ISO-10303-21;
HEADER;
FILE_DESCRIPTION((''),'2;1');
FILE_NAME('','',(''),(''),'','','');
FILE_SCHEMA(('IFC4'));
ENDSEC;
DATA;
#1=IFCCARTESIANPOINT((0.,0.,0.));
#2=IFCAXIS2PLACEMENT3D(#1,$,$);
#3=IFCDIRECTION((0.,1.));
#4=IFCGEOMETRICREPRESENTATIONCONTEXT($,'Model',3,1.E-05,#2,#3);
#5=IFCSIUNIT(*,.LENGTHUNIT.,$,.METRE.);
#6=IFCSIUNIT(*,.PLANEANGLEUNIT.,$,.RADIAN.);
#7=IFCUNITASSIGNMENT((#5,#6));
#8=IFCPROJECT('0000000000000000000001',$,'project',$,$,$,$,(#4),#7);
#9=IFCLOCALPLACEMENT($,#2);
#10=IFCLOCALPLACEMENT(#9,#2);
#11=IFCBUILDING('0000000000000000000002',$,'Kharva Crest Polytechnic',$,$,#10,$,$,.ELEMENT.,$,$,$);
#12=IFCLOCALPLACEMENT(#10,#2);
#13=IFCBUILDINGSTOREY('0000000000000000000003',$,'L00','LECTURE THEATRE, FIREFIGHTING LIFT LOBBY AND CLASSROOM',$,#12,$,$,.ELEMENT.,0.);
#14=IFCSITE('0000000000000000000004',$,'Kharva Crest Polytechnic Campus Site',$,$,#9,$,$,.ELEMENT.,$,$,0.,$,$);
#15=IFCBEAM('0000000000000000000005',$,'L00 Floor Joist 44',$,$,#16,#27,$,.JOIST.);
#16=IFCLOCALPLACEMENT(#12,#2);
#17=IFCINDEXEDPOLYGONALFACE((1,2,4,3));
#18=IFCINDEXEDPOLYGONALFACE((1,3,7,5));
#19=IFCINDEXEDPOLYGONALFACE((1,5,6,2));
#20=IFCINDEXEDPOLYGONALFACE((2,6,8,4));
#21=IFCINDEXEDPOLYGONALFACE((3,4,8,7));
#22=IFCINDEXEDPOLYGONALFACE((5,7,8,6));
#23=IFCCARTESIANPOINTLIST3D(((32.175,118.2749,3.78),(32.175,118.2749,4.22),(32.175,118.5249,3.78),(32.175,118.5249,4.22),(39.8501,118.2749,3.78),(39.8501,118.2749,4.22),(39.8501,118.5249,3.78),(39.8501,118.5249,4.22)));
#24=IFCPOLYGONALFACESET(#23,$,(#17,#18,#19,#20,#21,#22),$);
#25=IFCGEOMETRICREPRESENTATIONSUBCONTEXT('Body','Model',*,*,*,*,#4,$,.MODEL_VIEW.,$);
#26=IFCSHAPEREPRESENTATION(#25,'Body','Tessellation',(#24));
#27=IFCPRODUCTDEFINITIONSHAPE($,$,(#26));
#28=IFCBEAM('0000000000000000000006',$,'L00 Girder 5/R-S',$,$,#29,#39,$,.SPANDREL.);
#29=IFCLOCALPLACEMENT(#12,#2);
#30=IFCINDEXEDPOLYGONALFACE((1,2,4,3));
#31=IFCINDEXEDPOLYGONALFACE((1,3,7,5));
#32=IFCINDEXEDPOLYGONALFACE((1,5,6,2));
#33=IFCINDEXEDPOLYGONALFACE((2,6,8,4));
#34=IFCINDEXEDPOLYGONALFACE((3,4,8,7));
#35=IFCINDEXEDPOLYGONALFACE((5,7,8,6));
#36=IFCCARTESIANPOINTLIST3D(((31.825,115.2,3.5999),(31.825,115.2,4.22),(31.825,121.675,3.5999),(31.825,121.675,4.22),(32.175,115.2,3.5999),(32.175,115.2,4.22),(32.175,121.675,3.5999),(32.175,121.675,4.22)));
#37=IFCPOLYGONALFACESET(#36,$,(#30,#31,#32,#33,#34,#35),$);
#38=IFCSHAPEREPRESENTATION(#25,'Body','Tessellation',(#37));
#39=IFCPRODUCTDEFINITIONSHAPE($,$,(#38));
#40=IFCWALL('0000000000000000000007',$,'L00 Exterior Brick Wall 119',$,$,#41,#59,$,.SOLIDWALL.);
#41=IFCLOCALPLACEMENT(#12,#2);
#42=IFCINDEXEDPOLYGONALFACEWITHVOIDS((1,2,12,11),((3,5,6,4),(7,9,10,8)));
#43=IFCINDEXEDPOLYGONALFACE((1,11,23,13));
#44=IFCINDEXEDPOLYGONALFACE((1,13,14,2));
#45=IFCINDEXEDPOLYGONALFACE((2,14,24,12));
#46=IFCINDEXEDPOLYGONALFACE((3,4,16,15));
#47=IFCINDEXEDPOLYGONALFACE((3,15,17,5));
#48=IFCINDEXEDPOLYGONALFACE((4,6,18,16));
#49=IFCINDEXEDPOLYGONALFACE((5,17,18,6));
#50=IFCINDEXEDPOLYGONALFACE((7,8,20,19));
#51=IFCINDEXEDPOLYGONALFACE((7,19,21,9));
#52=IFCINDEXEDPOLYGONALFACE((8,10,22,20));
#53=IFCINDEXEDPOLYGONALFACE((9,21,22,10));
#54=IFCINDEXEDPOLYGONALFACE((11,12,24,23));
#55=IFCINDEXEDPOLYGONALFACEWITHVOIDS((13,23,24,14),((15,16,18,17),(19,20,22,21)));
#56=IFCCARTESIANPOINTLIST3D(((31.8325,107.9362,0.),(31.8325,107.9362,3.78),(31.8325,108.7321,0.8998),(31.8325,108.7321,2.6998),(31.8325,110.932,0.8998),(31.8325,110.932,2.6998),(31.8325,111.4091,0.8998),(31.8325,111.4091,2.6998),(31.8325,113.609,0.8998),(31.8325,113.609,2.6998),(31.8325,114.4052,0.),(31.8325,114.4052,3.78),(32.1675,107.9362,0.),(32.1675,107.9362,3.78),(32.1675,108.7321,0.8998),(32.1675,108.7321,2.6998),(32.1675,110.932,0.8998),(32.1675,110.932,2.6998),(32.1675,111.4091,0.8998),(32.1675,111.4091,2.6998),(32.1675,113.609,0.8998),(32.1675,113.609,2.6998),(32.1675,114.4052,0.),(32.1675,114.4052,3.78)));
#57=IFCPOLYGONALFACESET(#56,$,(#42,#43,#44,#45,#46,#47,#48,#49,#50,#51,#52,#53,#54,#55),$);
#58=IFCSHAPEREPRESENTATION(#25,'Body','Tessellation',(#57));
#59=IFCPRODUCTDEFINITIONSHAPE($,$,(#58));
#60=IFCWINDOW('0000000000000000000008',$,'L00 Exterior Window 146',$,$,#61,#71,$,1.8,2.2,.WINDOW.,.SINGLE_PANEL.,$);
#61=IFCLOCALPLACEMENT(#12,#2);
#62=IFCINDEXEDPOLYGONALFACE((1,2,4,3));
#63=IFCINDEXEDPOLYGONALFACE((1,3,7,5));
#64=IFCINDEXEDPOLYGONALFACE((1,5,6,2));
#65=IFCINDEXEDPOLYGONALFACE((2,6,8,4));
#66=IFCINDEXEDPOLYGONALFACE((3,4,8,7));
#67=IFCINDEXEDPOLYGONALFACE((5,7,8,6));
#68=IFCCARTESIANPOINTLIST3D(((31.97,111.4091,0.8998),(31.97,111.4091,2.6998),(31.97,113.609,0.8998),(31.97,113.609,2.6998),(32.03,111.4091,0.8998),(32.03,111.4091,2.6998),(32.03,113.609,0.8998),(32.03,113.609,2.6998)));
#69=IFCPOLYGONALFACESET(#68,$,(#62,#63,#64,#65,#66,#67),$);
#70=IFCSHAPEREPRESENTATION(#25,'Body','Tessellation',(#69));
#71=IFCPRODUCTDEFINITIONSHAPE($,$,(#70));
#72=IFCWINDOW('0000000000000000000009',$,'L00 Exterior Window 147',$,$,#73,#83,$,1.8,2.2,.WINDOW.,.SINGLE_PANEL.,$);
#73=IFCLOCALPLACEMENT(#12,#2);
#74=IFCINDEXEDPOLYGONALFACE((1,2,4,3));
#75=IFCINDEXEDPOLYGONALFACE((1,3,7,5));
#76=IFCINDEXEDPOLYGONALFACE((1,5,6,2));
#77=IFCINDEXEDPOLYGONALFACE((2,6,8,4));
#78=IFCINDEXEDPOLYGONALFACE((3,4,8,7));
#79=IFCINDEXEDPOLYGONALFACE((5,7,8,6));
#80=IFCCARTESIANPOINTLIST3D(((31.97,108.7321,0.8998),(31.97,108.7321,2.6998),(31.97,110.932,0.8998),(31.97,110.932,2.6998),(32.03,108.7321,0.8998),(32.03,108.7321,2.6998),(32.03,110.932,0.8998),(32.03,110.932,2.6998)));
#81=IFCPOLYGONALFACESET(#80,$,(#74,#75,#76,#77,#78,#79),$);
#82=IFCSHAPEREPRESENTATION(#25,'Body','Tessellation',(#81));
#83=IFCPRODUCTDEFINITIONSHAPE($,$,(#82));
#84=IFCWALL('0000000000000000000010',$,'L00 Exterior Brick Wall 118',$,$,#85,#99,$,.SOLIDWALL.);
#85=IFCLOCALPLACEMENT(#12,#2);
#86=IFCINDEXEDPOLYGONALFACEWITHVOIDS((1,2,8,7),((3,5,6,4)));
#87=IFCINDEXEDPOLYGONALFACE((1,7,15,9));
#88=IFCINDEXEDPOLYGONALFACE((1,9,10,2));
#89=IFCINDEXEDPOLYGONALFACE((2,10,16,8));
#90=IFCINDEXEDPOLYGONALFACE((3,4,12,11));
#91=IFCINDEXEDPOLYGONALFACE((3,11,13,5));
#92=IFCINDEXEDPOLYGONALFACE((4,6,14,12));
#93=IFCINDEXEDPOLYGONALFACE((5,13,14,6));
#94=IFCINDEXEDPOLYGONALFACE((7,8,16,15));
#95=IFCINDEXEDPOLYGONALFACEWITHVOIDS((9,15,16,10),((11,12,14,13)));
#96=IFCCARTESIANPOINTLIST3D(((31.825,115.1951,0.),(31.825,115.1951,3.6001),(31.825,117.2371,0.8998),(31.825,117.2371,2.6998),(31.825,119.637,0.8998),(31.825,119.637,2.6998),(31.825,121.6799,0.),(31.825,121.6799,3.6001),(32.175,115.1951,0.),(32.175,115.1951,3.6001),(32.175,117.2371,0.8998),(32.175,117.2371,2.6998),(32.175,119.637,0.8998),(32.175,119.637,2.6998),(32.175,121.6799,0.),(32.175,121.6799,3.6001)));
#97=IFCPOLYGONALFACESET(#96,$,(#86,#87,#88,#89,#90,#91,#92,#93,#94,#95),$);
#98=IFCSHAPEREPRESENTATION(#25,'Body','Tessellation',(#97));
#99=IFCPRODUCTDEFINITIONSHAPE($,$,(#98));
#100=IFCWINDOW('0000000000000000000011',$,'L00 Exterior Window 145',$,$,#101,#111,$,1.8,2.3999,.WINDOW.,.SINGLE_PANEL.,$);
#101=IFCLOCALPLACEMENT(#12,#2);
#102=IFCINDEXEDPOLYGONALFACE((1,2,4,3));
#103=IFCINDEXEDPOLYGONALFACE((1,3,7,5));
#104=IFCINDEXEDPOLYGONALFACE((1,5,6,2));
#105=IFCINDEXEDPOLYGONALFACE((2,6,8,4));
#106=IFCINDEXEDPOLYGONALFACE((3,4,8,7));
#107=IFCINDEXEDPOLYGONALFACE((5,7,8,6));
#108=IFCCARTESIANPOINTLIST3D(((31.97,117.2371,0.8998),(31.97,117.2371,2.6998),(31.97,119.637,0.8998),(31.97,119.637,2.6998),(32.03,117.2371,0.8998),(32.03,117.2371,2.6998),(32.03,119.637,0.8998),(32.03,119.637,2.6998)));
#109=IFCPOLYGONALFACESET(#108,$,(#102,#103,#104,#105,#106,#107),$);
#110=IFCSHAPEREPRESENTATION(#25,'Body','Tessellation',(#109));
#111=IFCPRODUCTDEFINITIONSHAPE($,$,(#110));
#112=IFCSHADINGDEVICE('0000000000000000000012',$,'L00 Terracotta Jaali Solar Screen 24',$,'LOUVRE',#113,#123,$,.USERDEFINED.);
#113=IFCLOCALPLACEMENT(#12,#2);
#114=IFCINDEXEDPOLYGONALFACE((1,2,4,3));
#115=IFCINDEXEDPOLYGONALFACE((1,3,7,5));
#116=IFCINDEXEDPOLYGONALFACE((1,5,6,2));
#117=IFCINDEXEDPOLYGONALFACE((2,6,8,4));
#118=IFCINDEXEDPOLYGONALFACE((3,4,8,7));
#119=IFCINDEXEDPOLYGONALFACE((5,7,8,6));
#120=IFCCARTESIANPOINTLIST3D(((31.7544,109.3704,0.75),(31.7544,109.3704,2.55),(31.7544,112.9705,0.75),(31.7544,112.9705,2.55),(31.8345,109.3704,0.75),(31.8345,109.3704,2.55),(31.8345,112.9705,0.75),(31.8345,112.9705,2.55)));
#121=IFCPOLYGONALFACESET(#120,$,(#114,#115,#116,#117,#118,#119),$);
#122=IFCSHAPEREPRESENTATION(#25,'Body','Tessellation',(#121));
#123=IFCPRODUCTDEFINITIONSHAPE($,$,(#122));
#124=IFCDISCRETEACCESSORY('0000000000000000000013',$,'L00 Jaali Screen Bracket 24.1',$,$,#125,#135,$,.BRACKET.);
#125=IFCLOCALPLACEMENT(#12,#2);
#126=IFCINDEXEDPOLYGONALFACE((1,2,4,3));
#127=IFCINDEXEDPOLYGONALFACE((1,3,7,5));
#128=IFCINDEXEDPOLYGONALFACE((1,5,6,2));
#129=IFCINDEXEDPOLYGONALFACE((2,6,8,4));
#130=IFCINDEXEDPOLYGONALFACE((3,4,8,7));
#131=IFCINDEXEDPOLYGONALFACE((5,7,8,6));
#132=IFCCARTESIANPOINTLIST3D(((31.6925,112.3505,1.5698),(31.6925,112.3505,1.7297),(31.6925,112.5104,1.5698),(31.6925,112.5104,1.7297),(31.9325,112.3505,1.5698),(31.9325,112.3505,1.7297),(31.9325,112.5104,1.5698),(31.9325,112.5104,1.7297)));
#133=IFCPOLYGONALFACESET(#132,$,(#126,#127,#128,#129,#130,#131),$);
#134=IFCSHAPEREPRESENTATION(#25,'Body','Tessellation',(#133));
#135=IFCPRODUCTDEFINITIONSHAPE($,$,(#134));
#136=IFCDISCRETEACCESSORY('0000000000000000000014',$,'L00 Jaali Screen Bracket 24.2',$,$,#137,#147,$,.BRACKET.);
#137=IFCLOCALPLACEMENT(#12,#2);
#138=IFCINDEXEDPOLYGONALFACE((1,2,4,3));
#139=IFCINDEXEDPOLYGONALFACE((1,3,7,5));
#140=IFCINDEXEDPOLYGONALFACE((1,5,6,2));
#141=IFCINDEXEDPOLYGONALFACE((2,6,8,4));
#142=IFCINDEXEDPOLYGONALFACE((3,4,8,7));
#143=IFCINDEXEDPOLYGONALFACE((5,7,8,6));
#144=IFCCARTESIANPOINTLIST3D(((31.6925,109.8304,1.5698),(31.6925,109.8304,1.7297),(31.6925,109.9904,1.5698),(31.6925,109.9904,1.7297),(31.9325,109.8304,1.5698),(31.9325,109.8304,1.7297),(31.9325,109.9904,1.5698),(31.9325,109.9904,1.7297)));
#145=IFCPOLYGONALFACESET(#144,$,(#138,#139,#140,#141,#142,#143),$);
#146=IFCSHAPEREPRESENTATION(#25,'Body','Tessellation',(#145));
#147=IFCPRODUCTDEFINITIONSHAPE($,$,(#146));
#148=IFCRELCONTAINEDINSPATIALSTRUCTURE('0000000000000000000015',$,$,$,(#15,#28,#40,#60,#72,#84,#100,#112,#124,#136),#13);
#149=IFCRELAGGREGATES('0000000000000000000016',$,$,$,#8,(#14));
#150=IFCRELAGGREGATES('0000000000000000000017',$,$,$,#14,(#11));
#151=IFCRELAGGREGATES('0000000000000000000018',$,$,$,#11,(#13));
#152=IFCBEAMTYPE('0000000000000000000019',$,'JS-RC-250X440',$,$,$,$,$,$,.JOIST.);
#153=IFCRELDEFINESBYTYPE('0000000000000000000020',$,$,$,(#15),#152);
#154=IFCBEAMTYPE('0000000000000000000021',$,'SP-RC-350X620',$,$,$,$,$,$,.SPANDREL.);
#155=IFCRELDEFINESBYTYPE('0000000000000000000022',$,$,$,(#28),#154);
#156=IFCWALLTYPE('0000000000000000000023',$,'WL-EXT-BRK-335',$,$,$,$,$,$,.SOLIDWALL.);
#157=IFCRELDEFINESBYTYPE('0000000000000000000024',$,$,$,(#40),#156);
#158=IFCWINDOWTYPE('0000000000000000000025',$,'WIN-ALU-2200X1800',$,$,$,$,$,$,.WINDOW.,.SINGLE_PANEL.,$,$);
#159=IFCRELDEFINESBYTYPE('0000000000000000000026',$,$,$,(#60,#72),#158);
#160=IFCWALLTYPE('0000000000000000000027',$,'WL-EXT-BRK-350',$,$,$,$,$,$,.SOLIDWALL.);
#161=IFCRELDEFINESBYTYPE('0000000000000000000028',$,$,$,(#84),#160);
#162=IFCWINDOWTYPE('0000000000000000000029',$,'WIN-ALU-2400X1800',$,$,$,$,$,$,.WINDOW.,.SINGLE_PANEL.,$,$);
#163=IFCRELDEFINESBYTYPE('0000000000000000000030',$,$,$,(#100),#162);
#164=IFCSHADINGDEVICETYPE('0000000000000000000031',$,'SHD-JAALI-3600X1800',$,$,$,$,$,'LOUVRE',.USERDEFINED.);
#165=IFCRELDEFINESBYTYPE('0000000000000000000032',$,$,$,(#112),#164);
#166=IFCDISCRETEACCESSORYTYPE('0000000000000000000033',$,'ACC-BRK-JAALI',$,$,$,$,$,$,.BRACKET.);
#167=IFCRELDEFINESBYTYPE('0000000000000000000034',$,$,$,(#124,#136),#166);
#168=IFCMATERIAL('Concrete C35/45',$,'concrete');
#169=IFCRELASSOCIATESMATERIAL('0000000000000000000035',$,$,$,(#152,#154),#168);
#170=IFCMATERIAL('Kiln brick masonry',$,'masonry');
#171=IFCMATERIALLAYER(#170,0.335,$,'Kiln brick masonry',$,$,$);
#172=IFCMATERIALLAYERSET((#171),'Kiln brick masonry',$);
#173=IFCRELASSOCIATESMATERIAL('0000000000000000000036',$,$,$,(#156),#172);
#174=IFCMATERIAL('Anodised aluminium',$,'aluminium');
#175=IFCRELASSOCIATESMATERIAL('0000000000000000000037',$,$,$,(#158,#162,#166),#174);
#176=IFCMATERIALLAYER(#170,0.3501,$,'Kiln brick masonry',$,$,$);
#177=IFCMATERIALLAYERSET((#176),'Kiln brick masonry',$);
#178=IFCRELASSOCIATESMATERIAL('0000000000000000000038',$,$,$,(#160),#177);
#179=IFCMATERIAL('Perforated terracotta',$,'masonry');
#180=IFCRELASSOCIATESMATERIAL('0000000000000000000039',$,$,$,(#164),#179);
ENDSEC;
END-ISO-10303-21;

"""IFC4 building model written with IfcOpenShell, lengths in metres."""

from ifc_helpers import new_model, si_unit, direction, frame, frame_2d, origin, origin_2d, place, context, subcontext, project, spatial, rectangle, extrude, material, layer, layer_set, material_profile, profile_set, type_object, element, fill, save


model = new_model("IFC4")

# Units and contexts
model_context = context("Model", 3, precision=1e-05, world=origin(), true_north=direction((0.0, 1.0)))
body_context = subcontext(model_context, "Body", "Model", "MODEL_VIEW")
ifc_project = project(units=[si_unit("LENGTHUNIT", "METRE"), si_unit("PLANEANGLEUNIT", "RADIAN")], contexts=[model_context])

# Site, building, storey
site_placement = place(None, origin())
site = spatial("IfcSite", under=ifc_project, at=site_placement, Name="Kharva Crest Polytechnic Campus Site", CompositionType="ELEMENT", RefElevation=0.0)
building_placement = place(site_placement, origin())
building = spatial("IfcBuilding", under=site, at=building_placement, Name="Kharva Crest Polytechnic", CompositionType="ELEMENT")
storey_placement = place(building_placement, origin())
storey = spatial("IfcBuildingStorey", under=building, at=storey_placement, Name="L00", Description="LECTURE THEATRE, FIREFIGHTING LIFT LOBBY AND CLASSROOM", CompositionType="ELEMENT", Elevation=0.0)

# Shared definitions
ifc_material_1 = material(Name="Concrete C35/45", Category="concrete")

# Beams
ifc_material_profile_1 = material_profile(ifc_material_1, rectangle(XDim=0.25, YDim=0.4399, at=origin_2d()), Name="RECT 250 X 440")
ifc_profile_set_1 = profile_set([ifc_material_profile_1], Name="Concrete C35/45")
beam_type_1 = type_object("IfcBeamType", Name="JS-RC-250X440", PredefinedType="JOIST", material=ifc_profile_set_1)
beam_1_placement = place(storey_placement, frame((32.175, 118.3999, 4.0), z_axis=(1.0, 0.0, 0.0), x_axis=(0.0, 1.0, 0.0)))
element("IfcBeam", 1, at=beam_1_placement, inside=storey, type_object=beam_type_1, Name="L00 Floor Joist 44", PredefinedType="JOIST", context=body_context, shape_type="SweptSolid", body=[
    extrude(rectangle(XDim=0.25, YDim=0.4399, at=origin_2d()), origin(), (0.0, 0.0, 1.0), 7.675),
])
ifc_material_profile_2 = material_profile(ifc_material_1, rectangle(XDim=0.3501, YDim=0.6201, at=origin_2d()), Name="RECT 350 X 620")
ifc_profile_set_2 = profile_set([ifc_material_profile_2], Name="Concrete C35/45")
beam_type_2 = type_object("IfcBeamType", Name="SP-RC-350X620", PredefinedType="SPANDREL", material=ifc_profile_set_2)
beam_2_placement = place(storey_placement, frame((32.0, 115.2, 3.9099), z_axis=(0.0, 1.0, 0.0), x_axis=(-1.0, 0.0, 0.0)))
element("IfcBeam", 2, at=beam_2_placement, inside=storey, type_object=beam_type_2, Name="L00 Girder 5/R-S", PredefinedType="SPANDREL", context=body_context, shape_type="SweptSolid", body=[
    extrude(rectangle(XDim=0.3501, YDim=0.6201, at=origin_2d()), origin(), (0.0, 0.0, 1.0), 6.4751),
])

# Wall, openings, windows
ifc_material_2 = material(Name="Kiln brick masonry", Category="masonry")
ifc_layer_1 = layer(ifc_material_2, 0.335, Name="Kiln brick masonry")
ifc_layer_set_1 = layer_set([ifc_layer_1], Name="Kiln brick masonry")
wall_type_1 = type_object("IfcWallType", Name="WL-EXT-BRK-335", PredefinedType="SOLIDWALL", material=ifc_layer_set_1)
wall_1_placement = place(storey_placement, frame((32.0, 114.405, 0.0), z_axis=(0.0, 0.0, 1.0), x_axis=(0.0, -1.0, 0.0)))
wall_1 = element("IfcWall", 3, at=wall_1_placement, inside=storey, type_object=wall_type_1, Name="L00 Exterior Brick Wall 119", PredefinedType="SOLIDWALL", context=body_context, shape_type="SweptSolid", body=[
    extrude(rectangle(XDim=6.469, YDim=0.335, at=frame_2d((3.2344, 0.0))), origin(), (0.0, 0.0, 1.0), 3.78),
])
opening_1_placement = place(wall_1_placement, frame((0.7959, 0.0, 0.8999)))
opening_1 = element("IfcOpeningElement", 4, at=opening_1_placement, cuts=wall_1, PredefinedType="OPENING", context=body_context, shape_type="SweptSolid", body=[
    extrude(rectangle(XDim=2.2, YDim=1.8, at=frame_2d((1.1001, 0.8999))), frame((0.0, 0.1775, 0.0), z_axis=(0.0, -1.0, 0.0), x_axis=(1.0, 0.0, 0.0)), (0.0, 0.0, 1.0), 0.355),
])
opening_2_placement = place(wall_1_placement, frame((3.4729, 0.0, 0.8999)))
opening_2 = element("IfcOpeningElement", 5, at=opening_2_placement, cuts=wall_1, PredefinedType="OPENING", context=body_context, shape_type="SweptSolid", body=[
    extrude(rectangle(XDim=2.2, YDim=1.8, at=frame_2d((1.1001, 0.8999))), frame((0.0, 0.1775, 0.0), z_axis=(0.0, -1.0, 0.0), x_axis=(1.0, 0.0, 0.0)), (0.0, 0.0, 1.0), 0.355),
])
ifc_material_3 = material(Name="Anodised aluminium", Category="aluminium")
window_type_1 = type_object("IfcWindowType", Name="WIN-ALU-2200X1800", PartitioningType="SINGLE_PANEL", PredefinedType="WINDOW", material=ifc_material_3)
window_1_placement = place(opening_1_placement, origin())
window_1 = element("IfcWindow", 6, at=window_1_placement, inside=storey, type_object=window_type_1, Name="L00 Exterior Window 146", OverallHeight=1.8, OverallWidth=2.2, PartitioningType="SINGLE_PANEL", PredefinedType="WINDOW", context=body_context, shape_type="SweptSolid", body=[
    extrude(rectangle(XDim=2.2, YDim=1.8, at=frame_2d((1.1001, 0.8999))), frame((0.0, 0.03, 0.0), z_axis=(0.0, -1.0, 0.0), x_axis=(1.0, 0.0, 0.0)), (0.0, 0.0, 1.0), 0.0601),
])
fill(opening_1, window_1)
window_2_placement = place(opening_2_placement, origin())
window_2 = element("IfcWindow", 7, at=window_2_placement, inside=storey, type_object=window_type_1, Name="L00 Exterior Window 147", OverallHeight=1.8, OverallWidth=2.2, PartitioningType="SINGLE_PANEL", PredefinedType="WINDOW", context=body_context, shape_type="SweptSolid", body=[
    extrude(rectangle(XDim=2.2, YDim=1.8, at=frame_2d((1.1001, 0.8999))), frame((0.0, 0.03, 0.0), z_axis=(0.0, -1.0, 0.0), x_axis=(1.0, 0.0, 0.0)), (0.0, 0.0, 1.0), 0.0601),
])
fill(opening_2, window_2)

# Wall, opening, window
ifc_layer_2 = layer(ifc_material_2, 0.3501, Name="Kiln brick masonry")
ifc_layer_set_2 = layer_set([ifc_layer_2], Name="Kiln brick masonry")
wall_type_2 = type_object("IfcWallType", Name="WL-EXT-BRK-350", PredefinedType="SOLIDWALL", material=ifc_layer_set_2)
wall_2_placement = place(storey_placement, frame((32.0, 121.6799, 0.0), z_axis=(0.0, 0.0, 1.0), x_axis=(0.0, -1.0, 0.0)))
wall_2 = element("IfcWall", 8, at=wall_2_placement, inside=storey, type_object=wall_type_2, Name="L00 Exterior Brick Wall 118", PredefinedType="SOLIDWALL", context=body_context, shape_type="SweptSolid", body=[
    extrude(rectangle(XDim=6.4849, YDim=0.3501, at=frame_2d((3.2424, 0.0))), origin(), (0.0, 0.0, 1.0), 3.6001),
])
opening_3_placement = place(wall_2_placement, frame((2.043, 0.0, 0.8999)))
opening_3 = element("IfcOpeningElement", 9, at=opening_3_placement, cuts=wall_2, PredefinedType="OPENING", context=body_context, shape_type="SweptSolid", body=[
    extrude(rectangle(XDim=2.3999, YDim=1.8, at=frame_2d((1.2, 0.8999))), frame((0.0, 0.1851, 0.0), z_axis=(0.0, -1.0, 0.0), x_axis=(1.0, 0.0, 0.0)), (0.0, 0.0, 1.0), 0.3701),
])
window_type_2 = type_object("IfcWindowType", Name="WIN-ALU-2400X1800", PartitioningType="SINGLE_PANEL", PredefinedType="WINDOW", material=ifc_material_3)
window_3_placement = place(opening_3_placement, origin())
window_3 = element("IfcWindow", 10, at=window_3_placement, inside=storey, type_object=window_type_2, Name="L00 Exterior Window 145", OverallHeight=1.8, OverallWidth=2.3999, PartitioningType="SINGLE_PANEL", PredefinedType="WINDOW", context=body_context, shape_type="SweptSolid", body=[
    extrude(rectangle(XDim=2.3999, YDim=1.8, at=frame_2d((1.2, 0.8999))), frame((0.0, 0.03, 0.0), z_axis=(0.0, -1.0, 0.0), x_axis=(1.0, 0.0, 0.0)), (0.0, 0.0, 1.0), 0.0601),
])
fill(opening_3, window_3)

# Shading device
ifc_material_4 = material(Name="Perforated terracotta", Category="masonry")
shading_device_type = type_object("IfcShadingDeviceType", Name="SHD-JAALI-3600X1800", ElementType="LOUVRE", PredefinedType="USERDEFINED", material=ifc_material_4)
shading_device_placement = place(storey_placement, frame((31.7944, 111.1704, 0.75), z_axis=(0.0, 0.0, 1.0), x_axis=(0.0, 1.0, 0.0)))
element("IfcShadingDevice", 11, at=shading_device_placement, inside=storey, type_object=shading_device_type, Name="L00 Terracotta Jaali Solar Screen 24", ObjectType="LOUVRE", PredefinedType="USERDEFINED", context=body_context, shape_type="SweptSolid", body=[
    extrude(rectangle(XDim=3.6001, YDim=0.0801, at=origin_2d()), origin(), (0.0, 0.0, 1.0), 1.8),
])

# Discrete accessories
discrete_accessory_type = type_object("IfcDiscreteAccessoryType", Name="ACC-BRK-JAALI", PredefinedType="BRACKET", material=ifc_material_3)
for number, where, z_axis, x_axis, name in (
    (12, (31.8125, 112.4304, 1.5698), (0.0, 0.0, 1.0), (0.0, 1.0, 0.0), "L00 Jaali Screen Bracket 24.1"),
    (13, (31.8125, 109.9104, 1.5698), (0.0, 0.0, 1.0), (0.0, 1.0, 0.0), "L00 Jaali Screen Bracket 24.2"),
):
    element("IfcDiscreteAccessory", number, at=place(storey_placement, frame(where, z_axis=z_axis, x_axis=x_axis)), inside=storey, type_object=discrete_accessory_type, Name=name, PredefinedType="BRACKET", context=body_context, shape_type="SweptSolid", body=[
        extrude(rectangle(XDim=0.1599, YDim=0.24, at=origin_2d()), origin(), (0.0, 0.0, 1.0), 0.1599),
    ])

save(model, "model.ifc")
